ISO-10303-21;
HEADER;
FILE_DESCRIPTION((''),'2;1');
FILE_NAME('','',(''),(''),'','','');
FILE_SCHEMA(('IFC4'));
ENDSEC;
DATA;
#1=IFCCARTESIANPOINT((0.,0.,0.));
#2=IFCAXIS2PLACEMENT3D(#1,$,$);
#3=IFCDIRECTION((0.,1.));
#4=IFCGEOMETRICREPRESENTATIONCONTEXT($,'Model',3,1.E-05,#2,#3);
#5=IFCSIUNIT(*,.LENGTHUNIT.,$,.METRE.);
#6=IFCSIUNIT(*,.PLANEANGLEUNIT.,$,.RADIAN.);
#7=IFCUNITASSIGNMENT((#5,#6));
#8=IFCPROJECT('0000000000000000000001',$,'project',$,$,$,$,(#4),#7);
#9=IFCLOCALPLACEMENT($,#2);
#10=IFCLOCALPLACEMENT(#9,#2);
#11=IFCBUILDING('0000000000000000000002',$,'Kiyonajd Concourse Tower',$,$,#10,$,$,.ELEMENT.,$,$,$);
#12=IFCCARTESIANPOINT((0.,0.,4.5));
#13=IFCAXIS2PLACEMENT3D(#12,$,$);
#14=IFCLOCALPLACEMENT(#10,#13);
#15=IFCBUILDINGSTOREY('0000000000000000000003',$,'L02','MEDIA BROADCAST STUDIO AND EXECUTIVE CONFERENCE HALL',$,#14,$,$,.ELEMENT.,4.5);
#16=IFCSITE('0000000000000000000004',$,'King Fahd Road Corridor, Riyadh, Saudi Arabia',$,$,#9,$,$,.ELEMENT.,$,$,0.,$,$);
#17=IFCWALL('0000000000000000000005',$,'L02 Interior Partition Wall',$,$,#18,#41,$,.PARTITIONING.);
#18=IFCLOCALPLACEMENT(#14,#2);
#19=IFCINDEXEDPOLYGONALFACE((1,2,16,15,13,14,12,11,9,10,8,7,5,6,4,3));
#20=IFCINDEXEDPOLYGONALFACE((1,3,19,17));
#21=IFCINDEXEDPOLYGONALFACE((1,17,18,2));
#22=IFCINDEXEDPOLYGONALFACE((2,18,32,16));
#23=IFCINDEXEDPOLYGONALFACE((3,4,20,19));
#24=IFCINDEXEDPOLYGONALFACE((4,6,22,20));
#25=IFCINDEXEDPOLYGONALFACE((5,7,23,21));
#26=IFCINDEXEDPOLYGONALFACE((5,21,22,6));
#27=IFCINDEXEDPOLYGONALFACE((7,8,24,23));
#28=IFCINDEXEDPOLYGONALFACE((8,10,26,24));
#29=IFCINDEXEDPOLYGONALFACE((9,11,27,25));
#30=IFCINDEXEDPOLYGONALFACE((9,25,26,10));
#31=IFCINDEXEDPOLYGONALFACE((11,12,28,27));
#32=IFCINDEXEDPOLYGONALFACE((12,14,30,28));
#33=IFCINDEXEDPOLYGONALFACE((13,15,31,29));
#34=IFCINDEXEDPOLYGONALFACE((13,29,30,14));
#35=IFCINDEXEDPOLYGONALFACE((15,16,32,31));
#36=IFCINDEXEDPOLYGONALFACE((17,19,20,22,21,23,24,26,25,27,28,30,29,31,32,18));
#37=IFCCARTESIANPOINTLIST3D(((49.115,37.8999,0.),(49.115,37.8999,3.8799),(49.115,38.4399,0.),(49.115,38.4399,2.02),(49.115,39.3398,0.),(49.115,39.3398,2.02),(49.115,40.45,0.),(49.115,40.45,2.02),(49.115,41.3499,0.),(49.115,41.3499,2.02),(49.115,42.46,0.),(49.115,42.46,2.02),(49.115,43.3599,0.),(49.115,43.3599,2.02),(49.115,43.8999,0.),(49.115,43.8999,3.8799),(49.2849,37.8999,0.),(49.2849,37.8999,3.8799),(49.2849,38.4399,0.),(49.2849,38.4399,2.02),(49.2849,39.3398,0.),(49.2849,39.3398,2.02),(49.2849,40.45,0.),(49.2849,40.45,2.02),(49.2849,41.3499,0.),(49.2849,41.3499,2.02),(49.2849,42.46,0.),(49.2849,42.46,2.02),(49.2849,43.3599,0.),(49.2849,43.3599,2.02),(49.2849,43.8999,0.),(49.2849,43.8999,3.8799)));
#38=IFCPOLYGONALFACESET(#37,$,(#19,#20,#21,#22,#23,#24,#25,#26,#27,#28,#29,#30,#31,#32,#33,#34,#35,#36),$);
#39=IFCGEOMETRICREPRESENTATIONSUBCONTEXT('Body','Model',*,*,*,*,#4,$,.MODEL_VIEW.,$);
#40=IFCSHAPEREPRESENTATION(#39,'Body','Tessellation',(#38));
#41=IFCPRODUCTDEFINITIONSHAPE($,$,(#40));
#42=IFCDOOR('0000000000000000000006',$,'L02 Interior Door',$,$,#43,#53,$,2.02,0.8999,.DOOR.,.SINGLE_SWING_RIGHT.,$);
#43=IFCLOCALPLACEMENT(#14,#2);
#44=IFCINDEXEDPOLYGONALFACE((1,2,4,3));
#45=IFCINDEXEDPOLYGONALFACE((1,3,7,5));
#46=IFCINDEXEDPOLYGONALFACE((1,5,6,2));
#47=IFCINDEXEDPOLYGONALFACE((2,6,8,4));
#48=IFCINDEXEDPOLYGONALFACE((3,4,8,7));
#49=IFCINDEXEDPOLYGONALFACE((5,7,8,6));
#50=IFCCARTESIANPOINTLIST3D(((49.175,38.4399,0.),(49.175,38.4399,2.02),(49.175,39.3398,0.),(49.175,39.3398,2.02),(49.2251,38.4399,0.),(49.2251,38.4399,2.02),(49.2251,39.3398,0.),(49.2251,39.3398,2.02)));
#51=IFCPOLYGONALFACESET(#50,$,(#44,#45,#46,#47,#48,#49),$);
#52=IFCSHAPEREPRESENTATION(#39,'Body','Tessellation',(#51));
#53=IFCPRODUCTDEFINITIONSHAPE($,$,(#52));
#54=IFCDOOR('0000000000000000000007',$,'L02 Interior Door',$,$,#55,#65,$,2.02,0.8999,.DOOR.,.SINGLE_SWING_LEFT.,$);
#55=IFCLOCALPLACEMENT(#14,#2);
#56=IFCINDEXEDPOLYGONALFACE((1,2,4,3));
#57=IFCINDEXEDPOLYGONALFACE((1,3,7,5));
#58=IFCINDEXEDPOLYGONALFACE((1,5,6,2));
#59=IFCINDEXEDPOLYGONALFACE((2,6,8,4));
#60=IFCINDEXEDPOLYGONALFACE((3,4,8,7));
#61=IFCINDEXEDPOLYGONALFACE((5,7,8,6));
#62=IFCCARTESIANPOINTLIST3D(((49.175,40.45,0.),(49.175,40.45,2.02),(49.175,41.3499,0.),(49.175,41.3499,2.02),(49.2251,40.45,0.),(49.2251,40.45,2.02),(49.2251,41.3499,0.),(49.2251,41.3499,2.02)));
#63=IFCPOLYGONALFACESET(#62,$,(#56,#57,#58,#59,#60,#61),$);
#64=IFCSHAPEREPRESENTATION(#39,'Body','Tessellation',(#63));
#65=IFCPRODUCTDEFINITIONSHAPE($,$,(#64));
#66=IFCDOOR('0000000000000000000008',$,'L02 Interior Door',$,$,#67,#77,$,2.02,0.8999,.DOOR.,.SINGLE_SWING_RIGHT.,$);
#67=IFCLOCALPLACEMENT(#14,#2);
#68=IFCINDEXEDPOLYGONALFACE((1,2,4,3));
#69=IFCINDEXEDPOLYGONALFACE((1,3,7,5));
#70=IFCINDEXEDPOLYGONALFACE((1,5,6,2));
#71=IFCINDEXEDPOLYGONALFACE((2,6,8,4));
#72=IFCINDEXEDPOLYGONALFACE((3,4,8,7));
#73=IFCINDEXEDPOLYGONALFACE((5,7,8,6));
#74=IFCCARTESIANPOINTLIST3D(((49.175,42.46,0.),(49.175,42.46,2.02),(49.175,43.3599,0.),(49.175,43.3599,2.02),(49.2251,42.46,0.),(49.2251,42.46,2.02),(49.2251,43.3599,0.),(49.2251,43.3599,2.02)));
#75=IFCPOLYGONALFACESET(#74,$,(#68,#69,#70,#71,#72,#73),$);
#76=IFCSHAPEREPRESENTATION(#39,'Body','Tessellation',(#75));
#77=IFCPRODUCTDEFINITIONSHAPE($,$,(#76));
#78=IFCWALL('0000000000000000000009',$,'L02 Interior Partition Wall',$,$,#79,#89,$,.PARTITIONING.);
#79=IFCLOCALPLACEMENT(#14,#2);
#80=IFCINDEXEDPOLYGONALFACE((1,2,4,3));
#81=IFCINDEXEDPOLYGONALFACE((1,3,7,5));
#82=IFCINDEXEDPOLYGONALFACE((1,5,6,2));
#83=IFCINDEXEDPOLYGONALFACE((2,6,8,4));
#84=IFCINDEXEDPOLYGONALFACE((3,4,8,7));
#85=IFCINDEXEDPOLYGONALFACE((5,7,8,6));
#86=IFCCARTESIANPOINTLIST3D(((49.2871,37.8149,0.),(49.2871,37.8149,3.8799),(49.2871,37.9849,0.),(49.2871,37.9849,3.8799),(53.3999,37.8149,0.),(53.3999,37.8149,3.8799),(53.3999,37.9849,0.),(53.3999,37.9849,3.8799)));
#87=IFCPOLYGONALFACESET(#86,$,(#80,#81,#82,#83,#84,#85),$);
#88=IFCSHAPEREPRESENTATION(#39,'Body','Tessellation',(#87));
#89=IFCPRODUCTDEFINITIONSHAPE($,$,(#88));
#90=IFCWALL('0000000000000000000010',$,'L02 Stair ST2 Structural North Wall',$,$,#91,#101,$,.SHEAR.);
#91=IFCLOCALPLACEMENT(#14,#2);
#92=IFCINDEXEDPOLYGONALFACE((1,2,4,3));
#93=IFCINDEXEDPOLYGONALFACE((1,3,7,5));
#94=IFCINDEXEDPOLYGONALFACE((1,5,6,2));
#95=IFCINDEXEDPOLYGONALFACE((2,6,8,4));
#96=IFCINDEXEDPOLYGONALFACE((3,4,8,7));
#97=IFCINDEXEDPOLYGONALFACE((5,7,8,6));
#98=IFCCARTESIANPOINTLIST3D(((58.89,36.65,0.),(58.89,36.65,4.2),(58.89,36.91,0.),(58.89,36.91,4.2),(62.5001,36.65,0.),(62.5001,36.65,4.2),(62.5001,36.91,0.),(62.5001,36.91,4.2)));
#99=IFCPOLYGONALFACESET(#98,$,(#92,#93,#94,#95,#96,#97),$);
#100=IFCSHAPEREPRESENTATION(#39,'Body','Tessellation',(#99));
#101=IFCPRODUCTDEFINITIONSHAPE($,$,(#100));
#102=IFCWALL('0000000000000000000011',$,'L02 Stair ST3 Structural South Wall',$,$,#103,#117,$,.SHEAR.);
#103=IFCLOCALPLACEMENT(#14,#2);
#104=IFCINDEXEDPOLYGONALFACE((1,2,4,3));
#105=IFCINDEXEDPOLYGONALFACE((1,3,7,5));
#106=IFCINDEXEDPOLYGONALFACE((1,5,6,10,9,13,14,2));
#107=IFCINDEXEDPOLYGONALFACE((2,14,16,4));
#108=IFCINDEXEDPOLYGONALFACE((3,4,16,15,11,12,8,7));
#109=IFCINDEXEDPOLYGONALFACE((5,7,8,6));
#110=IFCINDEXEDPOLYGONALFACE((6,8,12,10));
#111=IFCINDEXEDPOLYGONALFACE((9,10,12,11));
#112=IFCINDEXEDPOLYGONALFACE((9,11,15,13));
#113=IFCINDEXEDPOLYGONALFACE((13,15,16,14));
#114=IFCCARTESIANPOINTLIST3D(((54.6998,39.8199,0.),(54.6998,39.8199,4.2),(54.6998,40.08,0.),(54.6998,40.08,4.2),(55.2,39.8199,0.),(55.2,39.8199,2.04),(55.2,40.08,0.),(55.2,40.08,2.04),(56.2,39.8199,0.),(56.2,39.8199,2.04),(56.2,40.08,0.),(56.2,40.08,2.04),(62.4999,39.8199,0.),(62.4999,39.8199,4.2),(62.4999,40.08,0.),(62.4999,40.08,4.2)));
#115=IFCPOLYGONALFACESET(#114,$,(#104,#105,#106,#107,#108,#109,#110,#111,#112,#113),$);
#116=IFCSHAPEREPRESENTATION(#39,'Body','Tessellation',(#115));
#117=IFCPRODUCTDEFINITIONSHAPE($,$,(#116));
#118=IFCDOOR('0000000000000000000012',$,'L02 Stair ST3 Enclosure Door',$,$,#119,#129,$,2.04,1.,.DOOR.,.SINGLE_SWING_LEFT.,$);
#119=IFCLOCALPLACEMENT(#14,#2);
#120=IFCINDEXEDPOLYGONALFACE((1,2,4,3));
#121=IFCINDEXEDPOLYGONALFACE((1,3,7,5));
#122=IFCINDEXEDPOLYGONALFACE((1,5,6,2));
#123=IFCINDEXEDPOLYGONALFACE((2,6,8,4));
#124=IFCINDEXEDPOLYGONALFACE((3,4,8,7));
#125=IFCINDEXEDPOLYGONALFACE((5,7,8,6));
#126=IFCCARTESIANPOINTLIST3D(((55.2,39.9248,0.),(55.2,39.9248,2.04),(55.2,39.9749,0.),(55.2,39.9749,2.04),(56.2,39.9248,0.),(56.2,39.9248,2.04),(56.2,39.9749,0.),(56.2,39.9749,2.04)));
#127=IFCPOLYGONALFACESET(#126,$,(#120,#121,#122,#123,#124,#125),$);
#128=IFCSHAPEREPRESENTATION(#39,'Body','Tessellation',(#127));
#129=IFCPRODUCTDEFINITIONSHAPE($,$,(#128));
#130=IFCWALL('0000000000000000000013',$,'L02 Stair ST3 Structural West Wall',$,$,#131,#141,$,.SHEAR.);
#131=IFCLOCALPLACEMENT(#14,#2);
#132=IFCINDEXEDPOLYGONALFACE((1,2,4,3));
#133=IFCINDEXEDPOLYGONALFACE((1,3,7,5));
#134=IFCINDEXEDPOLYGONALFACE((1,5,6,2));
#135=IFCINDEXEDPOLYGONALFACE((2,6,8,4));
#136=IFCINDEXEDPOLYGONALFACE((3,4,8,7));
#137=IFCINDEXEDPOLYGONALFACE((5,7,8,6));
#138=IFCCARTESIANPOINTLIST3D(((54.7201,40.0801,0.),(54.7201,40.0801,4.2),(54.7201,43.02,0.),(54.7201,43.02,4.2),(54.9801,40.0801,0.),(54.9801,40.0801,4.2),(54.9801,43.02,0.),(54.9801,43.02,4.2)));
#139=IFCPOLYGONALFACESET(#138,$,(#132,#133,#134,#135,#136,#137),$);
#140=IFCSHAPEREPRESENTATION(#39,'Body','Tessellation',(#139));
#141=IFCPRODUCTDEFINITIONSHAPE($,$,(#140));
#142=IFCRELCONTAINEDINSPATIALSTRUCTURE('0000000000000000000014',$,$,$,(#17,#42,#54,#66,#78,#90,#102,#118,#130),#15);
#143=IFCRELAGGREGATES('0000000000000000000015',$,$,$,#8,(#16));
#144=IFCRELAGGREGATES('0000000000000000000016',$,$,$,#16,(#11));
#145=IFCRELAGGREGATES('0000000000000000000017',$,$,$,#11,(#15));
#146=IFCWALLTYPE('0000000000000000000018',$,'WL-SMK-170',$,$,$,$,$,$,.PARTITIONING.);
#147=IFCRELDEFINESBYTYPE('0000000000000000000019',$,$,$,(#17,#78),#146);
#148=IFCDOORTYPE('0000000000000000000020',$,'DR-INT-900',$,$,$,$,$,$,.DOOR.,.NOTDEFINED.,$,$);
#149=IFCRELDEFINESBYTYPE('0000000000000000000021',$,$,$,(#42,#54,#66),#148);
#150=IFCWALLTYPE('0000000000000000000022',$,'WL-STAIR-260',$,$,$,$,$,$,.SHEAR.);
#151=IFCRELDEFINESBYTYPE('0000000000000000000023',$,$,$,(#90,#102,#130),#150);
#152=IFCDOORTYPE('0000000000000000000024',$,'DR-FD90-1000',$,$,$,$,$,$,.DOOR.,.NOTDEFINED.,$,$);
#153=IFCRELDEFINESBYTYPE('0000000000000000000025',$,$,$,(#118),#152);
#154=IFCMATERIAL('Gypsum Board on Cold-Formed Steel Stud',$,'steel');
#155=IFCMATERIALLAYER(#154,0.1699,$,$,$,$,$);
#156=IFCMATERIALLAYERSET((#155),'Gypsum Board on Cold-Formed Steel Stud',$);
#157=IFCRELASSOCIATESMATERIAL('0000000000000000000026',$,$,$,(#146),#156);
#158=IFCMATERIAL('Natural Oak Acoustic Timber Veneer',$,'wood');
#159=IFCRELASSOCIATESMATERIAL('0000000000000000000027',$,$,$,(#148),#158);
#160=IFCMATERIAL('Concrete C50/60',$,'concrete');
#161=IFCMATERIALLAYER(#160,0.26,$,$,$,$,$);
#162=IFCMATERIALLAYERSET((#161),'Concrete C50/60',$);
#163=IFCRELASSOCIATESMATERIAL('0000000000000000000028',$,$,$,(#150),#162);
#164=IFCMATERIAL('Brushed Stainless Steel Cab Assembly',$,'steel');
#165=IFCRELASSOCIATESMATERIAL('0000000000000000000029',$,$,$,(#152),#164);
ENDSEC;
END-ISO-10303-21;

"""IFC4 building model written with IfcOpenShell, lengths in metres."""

from ifc_helpers import new_model, si_unit, direction, frame, frame_2d, origin, place, context, subcontext, project, spatial, rectangle, extrude, material, layer, layer_set, type_object, element, fill, save


model = new_model("IFC4")

# Units and contexts
model_context = context("Model", 3, precision=1e-05, world=origin(), true_north=direction((0.0, 1.0)))
body_context = subcontext(model_context, "Body", "Model", "MODEL_VIEW")
ifc_project = project(units=[si_unit("LENGTHUNIT", "METRE"), si_unit("PLANEANGLEUNIT", "RADIAN")], contexts=[model_context])

# Site, building, storey
site_placement = place(None, origin())
site = spatial("IfcSite", under=ifc_project, at=site_placement, Name="King Fahd Road Corridor, Riyadh, Saudi Arabia", CompositionType="ELEMENT", RefElevation=0.0)
building_placement = place(site_placement, origin())
building = spatial("IfcBuilding", under=site, at=building_placement, Name="Kiyonajd Concourse Tower", CompositionType="ELEMENT")
storey_placement = place(building_placement, frame((0.0, 0.0, 4.5)))
storey = spatial("IfcBuildingStorey", under=building, at=storey_placement, Name="L02", Description="MEDIA BROADCAST STUDIO AND EXECUTIVE CONFERENCE HALL", CompositionType="ELEMENT", Elevation=4.5)

# Shared definitions
ifc_material_1 = material(Name="Concrete C50/60", Category="concrete")

# Shared definitions
ifc_material_2 = material(Name="Gypsum Board on Cold-Formed Steel Stud", Category="steel")

# Shared definitions
ifc_layer_1 = layer(ifc_material_2, 0.1699)
ifc_layer_set_1 = layer_set([ifc_layer_1], Name="Gypsum Board on Cold-Formed Steel Stud")
wall_type_1 = type_object("IfcWallType", Name="WL-SMK-170", PredefinedType="PARTITIONING", material=ifc_layer_set_1)
ifc_material_3 = material(Name="Natural Oak Acoustic Timber Veneer", Category="wood")
door_type_1 = type_object("IfcDoorType", Name="DR-INT-900", OperationType="NOTDEFINED", PredefinedType="DOOR", material=ifc_material_3)

# Wall, openings, doors
wall_1_placement = place(storey_placement, frame((49.2, 37.8999, 0.0), z_axis=(0.0, 0.0, 1.0), x_axis=(0.0, 1.0, 0.0)))
wall_1 = element("IfcWall", 1, at=wall_1_placement, inside=storey, type_object=wall_type_1, Name="L02 Interior Partition Wall", PredefinedType="PARTITIONING", context=body_context, shape_type="SweptSolid", body=[
    extrude(rectangle(XDim=6.0, YDim=0.1699, at=frame_2d((3.0, 0.0))), origin(), (0.0, 0.0, 1.0), 3.8799),
])
opening_1_placement = place(wall_1_placement, frame((0.54, 0.0, 0.0)))
opening_1 = element("IfcOpeningElement", 2, at=opening_1_placement, cuts=wall_1, PredefinedType="OPENING", context=body_context, shape_type="SweptSolid", body=[
    extrude(rectangle(XDim=0.8999, YDim=2.02, at=frame_2d((0.45, 1.01))), frame((0.0, 0.095, 0.0), z_axis=(0.0, -1.0, 0.0), x_axis=(1.0, 0.0, 0.0)), (0.0, 0.0, 1.0), 0.1899),
])
opening_2_placement = place(wall_1_placement, frame((2.55, 0.0, 0.0)))
opening_2 = element("IfcOpeningElement", 3, at=opening_2_placement, cuts=wall_1, PredefinedType="OPENING", context=body_context, shape_type="SweptSolid", body=[
    extrude(rectangle(XDim=0.8999, YDim=2.02, at=frame_2d((0.45, 1.01))), frame((0.0, 0.095, 0.0), z_axis=(0.0, -1.0, 0.0), x_axis=(1.0, 0.0, 0.0)), (0.0, 0.0, 1.0), 0.1899),
])
opening_3_placement = place(wall_1_placement, frame((4.5601, 0.0, 0.0)))
opening_3 = element("IfcOpeningElement", 4, at=opening_3_placement, cuts=wall_1, PredefinedType="OPENING", context=body_context, shape_type="SweptSolid", body=[
    extrude(rectangle(XDim=0.8999, YDim=2.02, at=frame_2d((0.45, 1.01))), frame((0.0, 0.095, 0.0), z_axis=(0.0, -1.0, 0.0), x_axis=(1.0, 0.0, 0.0)), (0.0, 0.0, 1.0), 0.1899),
])
door_1_placement = place(opening_1_placement, origin())
door_1 = element("IfcDoor", 5, at=door_1_placement, inside=storey, type_object=door_type_1, Name="L02 Interior Door", OperationType="SINGLE_SWING_RIGHT", OverallHeight=2.02, OverallWidth=0.8999, PredefinedType="DOOR", context=body_context, shape_type="SweptSolid", body=[
    extrude(rectangle(XDim=0.8999, YDim=2.02, at=frame_2d((0.45, 1.01))), frame((0.0, 0.0249, 0.0), z_axis=(0.0, -1.0, 0.0), x_axis=(1.0, 0.0, 0.0)), (0.0, 0.0, 1.0), 0.05),
])
fill(opening_1, door_1)
door_2_placement = place(opening_2_placement, origin())
door_2 = element("IfcDoor", 6, at=door_2_placement, inside=storey, type_object=door_type_1, Name="L02 Interior Door", OperationType="SINGLE_SWING_LEFT", OverallHeight=2.02, OverallWidth=0.8999, PredefinedType="DOOR", context=body_context, shape_type="SweptSolid", body=[
    extrude(rectangle(XDim=0.8999, YDim=2.02, at=frame_2d((0.45, 1.01))), frame((0.0, 0.0249, 0.0), z_axis=(0.0, -1.0, 0.0), x_axis=(1.0, 0.0, 0.0)), (0.0, 0.0, 1.0), 0.05),
])
fill(opening_2, door_2)
door_3_placement = place(opening_3_placement, origin())
door_3 = element("IfcDoor", 7, at=door_3_placement, inside=storey, type_object=door_type_1, Name="L02 Interior Door", OperationType="SINGLE_SWING_RIGHT", OverallHeight=2.02, OverallWidth=0.8999, PredefinedType="DOOR", context=body_context, shape_type="SweptSolid", body=[
    extrude(rectangle(XDim=0.8999, YDim=2.02, at=frame_2d((0.45, 1.01))), frame((0.0, 0.0249, 0.0), z_axis=(0.0, -1.0, 0.0), x_axis=(1.0, 0.0, 0.0)), (0.0, 0.0, 1.0), 0.05),
])
fill(opening_3, door_3)

# Walls
wall_2_placement = place(storey_placement, frame((49.2871, 37.8999, 0.0), z_axis=(0.0, 0.0, 1.0), x_axis=(1.0, 0.0, 0.0)))
element("IfcWall", 8, at=wall_2_placement, inside=storey, type_object=wall_type_1, Name="L02 Interior Partition Wall", PredefinedType="PARTITIONING", context=body_context, shape_type="SweptSolid", body=[
    extrude(rectangle(XDim=4.1128, YDim=0.1699, at=frame_2d((2.0564, 0.0))), origin(), (0.0, 0.0, 1.0), 3.8799),
])
ifc_layer_2 = layer(ifc_material_1, 0.26)
ifc_layer_set_2 = layer_set([ifc_layer_2], Name="Concrete C50/60")
wall_type_2 = type_object("IfcWallType", Name="WL-STAIR-260", PredefinedType="SHEAR", material=ifc_layer_set_2)
wall_3_placement = place(storey_placement, frame((58.8899, 36.78, 0.0), z_axis=(0.0, 0.0, 1.0), x_axis=(1.0, 0.0, 0.0)))
element("IfcWall", 9, at=wall_3_placement, inside=storey, type_object=wall_type_2, Name="L02 Stair ST2 Structural North Wall", PredefinedType="SHEAR", context=body_context, shape_type="SweptSolid", body=[
    extrude(rectangle(XDim=3.6101, YDim=0.26, at=frame_2d((1.8052, 0.0))), origin(), (0.0, 0.0, 1.0), 4.2),
])

# Wall, opening, door
wall_4_placement = place(storey_placement, frame((54.7, 39.95, 0.0), z_axis=(0.0, 0.0, 1.0), x_axis=(1.0, 0.0, 0.0)))
wall_4 = element("IfcWall", 10, at=wall_4_placement, inside=storey, type_object=wall_type_2, Name="L02 Stair ST3 Structural South Wall", PredefinedType="SHEAR", context=body_context, shape_type="SweptSolid", body=[
    extrude(rectangle(XDim=7.8, YDim=0.26, at=frame_2d((3.8999, 0.0))), origin(), (0.0, 0.0, 1.0), 4.2),
])
opening_4_placement = place(wall_4_placement, frame((0.5, 0.0, 0.0)))
opening_4 = element("IfcOpeningElement", 11, at=opening_4_placement, cuts=wall_4, PredefinedType="OPENING", context=body_context, shape_type="SweptSolid", body=[
    extrude(rectangle(XDim=1.0, YDim=2.04, at=frame_2d((0.5, 1.02))), frame((0.0, 0.1399, 0.0), z_axis=(0.0, -1.0, 0.0), x_axis=(1.0, 0.0, 0.0)), (0.0, 0.0, 1.0), 0.28),
])
ifc_material_4 = material(Name="Brushed Stainless Steel Cab Assembly", Category="steel")
door_type_2 = type_object("IfcDoorType", Name="DR-FD90-1000", OperationType="NOTDEFINED", PredefinedType="DOOR", material=ifc_material_4)
door_4_placement = place(opening_4_placement, origin())
door_4 = element("IfcDoor", 12, at=door_4_placement, inside=storey, type_object=door_type_2, Name="L02 Stair ST3 Enclosure Door", OperationType="SINGLE_SWING_LEFT", OverallHeight=2.04, OverallWidth=1.0, PredefinedType="DOOR", context=body_context, shape_type="SweptSolid", body=[
    extrude(rectangle(XDim=1.0, YDim=2.04, at=frame_2d((0.5, 1.02))), frame((0.0, 0.0249, 0.0), z_axis=(0.0, -1.0, 0.0), x_axis=(1.0, 0.0, 0.0)), (0.0, 0.0, 1.0), 0.05),
])
fill(opening_4, door_4)

# Wall
wall_5_placement = place(storey_placement, frame((54.8501, 40.0801, 0.0), z_axis=(0.0, 0.0, 1.0), x_axis=(0.0, 1.0, 0.0)))
element("IfcWall", 13, at=wall_5_placement, inside=storey, type_object=wall_type_2, Name="L02 Stair ST3 Structural West Wall", PredefinedType="SHEAR", context=body_context, shape_type="SweptSolid", body=[
    extrude(rectangle(XDim=2.9399, YDim=0.26, at=frame_2d((1.47, 0.0))), origin(), (0.0, 0.0, 1.0), 4.2),
])

save(model, "model.ifc")
